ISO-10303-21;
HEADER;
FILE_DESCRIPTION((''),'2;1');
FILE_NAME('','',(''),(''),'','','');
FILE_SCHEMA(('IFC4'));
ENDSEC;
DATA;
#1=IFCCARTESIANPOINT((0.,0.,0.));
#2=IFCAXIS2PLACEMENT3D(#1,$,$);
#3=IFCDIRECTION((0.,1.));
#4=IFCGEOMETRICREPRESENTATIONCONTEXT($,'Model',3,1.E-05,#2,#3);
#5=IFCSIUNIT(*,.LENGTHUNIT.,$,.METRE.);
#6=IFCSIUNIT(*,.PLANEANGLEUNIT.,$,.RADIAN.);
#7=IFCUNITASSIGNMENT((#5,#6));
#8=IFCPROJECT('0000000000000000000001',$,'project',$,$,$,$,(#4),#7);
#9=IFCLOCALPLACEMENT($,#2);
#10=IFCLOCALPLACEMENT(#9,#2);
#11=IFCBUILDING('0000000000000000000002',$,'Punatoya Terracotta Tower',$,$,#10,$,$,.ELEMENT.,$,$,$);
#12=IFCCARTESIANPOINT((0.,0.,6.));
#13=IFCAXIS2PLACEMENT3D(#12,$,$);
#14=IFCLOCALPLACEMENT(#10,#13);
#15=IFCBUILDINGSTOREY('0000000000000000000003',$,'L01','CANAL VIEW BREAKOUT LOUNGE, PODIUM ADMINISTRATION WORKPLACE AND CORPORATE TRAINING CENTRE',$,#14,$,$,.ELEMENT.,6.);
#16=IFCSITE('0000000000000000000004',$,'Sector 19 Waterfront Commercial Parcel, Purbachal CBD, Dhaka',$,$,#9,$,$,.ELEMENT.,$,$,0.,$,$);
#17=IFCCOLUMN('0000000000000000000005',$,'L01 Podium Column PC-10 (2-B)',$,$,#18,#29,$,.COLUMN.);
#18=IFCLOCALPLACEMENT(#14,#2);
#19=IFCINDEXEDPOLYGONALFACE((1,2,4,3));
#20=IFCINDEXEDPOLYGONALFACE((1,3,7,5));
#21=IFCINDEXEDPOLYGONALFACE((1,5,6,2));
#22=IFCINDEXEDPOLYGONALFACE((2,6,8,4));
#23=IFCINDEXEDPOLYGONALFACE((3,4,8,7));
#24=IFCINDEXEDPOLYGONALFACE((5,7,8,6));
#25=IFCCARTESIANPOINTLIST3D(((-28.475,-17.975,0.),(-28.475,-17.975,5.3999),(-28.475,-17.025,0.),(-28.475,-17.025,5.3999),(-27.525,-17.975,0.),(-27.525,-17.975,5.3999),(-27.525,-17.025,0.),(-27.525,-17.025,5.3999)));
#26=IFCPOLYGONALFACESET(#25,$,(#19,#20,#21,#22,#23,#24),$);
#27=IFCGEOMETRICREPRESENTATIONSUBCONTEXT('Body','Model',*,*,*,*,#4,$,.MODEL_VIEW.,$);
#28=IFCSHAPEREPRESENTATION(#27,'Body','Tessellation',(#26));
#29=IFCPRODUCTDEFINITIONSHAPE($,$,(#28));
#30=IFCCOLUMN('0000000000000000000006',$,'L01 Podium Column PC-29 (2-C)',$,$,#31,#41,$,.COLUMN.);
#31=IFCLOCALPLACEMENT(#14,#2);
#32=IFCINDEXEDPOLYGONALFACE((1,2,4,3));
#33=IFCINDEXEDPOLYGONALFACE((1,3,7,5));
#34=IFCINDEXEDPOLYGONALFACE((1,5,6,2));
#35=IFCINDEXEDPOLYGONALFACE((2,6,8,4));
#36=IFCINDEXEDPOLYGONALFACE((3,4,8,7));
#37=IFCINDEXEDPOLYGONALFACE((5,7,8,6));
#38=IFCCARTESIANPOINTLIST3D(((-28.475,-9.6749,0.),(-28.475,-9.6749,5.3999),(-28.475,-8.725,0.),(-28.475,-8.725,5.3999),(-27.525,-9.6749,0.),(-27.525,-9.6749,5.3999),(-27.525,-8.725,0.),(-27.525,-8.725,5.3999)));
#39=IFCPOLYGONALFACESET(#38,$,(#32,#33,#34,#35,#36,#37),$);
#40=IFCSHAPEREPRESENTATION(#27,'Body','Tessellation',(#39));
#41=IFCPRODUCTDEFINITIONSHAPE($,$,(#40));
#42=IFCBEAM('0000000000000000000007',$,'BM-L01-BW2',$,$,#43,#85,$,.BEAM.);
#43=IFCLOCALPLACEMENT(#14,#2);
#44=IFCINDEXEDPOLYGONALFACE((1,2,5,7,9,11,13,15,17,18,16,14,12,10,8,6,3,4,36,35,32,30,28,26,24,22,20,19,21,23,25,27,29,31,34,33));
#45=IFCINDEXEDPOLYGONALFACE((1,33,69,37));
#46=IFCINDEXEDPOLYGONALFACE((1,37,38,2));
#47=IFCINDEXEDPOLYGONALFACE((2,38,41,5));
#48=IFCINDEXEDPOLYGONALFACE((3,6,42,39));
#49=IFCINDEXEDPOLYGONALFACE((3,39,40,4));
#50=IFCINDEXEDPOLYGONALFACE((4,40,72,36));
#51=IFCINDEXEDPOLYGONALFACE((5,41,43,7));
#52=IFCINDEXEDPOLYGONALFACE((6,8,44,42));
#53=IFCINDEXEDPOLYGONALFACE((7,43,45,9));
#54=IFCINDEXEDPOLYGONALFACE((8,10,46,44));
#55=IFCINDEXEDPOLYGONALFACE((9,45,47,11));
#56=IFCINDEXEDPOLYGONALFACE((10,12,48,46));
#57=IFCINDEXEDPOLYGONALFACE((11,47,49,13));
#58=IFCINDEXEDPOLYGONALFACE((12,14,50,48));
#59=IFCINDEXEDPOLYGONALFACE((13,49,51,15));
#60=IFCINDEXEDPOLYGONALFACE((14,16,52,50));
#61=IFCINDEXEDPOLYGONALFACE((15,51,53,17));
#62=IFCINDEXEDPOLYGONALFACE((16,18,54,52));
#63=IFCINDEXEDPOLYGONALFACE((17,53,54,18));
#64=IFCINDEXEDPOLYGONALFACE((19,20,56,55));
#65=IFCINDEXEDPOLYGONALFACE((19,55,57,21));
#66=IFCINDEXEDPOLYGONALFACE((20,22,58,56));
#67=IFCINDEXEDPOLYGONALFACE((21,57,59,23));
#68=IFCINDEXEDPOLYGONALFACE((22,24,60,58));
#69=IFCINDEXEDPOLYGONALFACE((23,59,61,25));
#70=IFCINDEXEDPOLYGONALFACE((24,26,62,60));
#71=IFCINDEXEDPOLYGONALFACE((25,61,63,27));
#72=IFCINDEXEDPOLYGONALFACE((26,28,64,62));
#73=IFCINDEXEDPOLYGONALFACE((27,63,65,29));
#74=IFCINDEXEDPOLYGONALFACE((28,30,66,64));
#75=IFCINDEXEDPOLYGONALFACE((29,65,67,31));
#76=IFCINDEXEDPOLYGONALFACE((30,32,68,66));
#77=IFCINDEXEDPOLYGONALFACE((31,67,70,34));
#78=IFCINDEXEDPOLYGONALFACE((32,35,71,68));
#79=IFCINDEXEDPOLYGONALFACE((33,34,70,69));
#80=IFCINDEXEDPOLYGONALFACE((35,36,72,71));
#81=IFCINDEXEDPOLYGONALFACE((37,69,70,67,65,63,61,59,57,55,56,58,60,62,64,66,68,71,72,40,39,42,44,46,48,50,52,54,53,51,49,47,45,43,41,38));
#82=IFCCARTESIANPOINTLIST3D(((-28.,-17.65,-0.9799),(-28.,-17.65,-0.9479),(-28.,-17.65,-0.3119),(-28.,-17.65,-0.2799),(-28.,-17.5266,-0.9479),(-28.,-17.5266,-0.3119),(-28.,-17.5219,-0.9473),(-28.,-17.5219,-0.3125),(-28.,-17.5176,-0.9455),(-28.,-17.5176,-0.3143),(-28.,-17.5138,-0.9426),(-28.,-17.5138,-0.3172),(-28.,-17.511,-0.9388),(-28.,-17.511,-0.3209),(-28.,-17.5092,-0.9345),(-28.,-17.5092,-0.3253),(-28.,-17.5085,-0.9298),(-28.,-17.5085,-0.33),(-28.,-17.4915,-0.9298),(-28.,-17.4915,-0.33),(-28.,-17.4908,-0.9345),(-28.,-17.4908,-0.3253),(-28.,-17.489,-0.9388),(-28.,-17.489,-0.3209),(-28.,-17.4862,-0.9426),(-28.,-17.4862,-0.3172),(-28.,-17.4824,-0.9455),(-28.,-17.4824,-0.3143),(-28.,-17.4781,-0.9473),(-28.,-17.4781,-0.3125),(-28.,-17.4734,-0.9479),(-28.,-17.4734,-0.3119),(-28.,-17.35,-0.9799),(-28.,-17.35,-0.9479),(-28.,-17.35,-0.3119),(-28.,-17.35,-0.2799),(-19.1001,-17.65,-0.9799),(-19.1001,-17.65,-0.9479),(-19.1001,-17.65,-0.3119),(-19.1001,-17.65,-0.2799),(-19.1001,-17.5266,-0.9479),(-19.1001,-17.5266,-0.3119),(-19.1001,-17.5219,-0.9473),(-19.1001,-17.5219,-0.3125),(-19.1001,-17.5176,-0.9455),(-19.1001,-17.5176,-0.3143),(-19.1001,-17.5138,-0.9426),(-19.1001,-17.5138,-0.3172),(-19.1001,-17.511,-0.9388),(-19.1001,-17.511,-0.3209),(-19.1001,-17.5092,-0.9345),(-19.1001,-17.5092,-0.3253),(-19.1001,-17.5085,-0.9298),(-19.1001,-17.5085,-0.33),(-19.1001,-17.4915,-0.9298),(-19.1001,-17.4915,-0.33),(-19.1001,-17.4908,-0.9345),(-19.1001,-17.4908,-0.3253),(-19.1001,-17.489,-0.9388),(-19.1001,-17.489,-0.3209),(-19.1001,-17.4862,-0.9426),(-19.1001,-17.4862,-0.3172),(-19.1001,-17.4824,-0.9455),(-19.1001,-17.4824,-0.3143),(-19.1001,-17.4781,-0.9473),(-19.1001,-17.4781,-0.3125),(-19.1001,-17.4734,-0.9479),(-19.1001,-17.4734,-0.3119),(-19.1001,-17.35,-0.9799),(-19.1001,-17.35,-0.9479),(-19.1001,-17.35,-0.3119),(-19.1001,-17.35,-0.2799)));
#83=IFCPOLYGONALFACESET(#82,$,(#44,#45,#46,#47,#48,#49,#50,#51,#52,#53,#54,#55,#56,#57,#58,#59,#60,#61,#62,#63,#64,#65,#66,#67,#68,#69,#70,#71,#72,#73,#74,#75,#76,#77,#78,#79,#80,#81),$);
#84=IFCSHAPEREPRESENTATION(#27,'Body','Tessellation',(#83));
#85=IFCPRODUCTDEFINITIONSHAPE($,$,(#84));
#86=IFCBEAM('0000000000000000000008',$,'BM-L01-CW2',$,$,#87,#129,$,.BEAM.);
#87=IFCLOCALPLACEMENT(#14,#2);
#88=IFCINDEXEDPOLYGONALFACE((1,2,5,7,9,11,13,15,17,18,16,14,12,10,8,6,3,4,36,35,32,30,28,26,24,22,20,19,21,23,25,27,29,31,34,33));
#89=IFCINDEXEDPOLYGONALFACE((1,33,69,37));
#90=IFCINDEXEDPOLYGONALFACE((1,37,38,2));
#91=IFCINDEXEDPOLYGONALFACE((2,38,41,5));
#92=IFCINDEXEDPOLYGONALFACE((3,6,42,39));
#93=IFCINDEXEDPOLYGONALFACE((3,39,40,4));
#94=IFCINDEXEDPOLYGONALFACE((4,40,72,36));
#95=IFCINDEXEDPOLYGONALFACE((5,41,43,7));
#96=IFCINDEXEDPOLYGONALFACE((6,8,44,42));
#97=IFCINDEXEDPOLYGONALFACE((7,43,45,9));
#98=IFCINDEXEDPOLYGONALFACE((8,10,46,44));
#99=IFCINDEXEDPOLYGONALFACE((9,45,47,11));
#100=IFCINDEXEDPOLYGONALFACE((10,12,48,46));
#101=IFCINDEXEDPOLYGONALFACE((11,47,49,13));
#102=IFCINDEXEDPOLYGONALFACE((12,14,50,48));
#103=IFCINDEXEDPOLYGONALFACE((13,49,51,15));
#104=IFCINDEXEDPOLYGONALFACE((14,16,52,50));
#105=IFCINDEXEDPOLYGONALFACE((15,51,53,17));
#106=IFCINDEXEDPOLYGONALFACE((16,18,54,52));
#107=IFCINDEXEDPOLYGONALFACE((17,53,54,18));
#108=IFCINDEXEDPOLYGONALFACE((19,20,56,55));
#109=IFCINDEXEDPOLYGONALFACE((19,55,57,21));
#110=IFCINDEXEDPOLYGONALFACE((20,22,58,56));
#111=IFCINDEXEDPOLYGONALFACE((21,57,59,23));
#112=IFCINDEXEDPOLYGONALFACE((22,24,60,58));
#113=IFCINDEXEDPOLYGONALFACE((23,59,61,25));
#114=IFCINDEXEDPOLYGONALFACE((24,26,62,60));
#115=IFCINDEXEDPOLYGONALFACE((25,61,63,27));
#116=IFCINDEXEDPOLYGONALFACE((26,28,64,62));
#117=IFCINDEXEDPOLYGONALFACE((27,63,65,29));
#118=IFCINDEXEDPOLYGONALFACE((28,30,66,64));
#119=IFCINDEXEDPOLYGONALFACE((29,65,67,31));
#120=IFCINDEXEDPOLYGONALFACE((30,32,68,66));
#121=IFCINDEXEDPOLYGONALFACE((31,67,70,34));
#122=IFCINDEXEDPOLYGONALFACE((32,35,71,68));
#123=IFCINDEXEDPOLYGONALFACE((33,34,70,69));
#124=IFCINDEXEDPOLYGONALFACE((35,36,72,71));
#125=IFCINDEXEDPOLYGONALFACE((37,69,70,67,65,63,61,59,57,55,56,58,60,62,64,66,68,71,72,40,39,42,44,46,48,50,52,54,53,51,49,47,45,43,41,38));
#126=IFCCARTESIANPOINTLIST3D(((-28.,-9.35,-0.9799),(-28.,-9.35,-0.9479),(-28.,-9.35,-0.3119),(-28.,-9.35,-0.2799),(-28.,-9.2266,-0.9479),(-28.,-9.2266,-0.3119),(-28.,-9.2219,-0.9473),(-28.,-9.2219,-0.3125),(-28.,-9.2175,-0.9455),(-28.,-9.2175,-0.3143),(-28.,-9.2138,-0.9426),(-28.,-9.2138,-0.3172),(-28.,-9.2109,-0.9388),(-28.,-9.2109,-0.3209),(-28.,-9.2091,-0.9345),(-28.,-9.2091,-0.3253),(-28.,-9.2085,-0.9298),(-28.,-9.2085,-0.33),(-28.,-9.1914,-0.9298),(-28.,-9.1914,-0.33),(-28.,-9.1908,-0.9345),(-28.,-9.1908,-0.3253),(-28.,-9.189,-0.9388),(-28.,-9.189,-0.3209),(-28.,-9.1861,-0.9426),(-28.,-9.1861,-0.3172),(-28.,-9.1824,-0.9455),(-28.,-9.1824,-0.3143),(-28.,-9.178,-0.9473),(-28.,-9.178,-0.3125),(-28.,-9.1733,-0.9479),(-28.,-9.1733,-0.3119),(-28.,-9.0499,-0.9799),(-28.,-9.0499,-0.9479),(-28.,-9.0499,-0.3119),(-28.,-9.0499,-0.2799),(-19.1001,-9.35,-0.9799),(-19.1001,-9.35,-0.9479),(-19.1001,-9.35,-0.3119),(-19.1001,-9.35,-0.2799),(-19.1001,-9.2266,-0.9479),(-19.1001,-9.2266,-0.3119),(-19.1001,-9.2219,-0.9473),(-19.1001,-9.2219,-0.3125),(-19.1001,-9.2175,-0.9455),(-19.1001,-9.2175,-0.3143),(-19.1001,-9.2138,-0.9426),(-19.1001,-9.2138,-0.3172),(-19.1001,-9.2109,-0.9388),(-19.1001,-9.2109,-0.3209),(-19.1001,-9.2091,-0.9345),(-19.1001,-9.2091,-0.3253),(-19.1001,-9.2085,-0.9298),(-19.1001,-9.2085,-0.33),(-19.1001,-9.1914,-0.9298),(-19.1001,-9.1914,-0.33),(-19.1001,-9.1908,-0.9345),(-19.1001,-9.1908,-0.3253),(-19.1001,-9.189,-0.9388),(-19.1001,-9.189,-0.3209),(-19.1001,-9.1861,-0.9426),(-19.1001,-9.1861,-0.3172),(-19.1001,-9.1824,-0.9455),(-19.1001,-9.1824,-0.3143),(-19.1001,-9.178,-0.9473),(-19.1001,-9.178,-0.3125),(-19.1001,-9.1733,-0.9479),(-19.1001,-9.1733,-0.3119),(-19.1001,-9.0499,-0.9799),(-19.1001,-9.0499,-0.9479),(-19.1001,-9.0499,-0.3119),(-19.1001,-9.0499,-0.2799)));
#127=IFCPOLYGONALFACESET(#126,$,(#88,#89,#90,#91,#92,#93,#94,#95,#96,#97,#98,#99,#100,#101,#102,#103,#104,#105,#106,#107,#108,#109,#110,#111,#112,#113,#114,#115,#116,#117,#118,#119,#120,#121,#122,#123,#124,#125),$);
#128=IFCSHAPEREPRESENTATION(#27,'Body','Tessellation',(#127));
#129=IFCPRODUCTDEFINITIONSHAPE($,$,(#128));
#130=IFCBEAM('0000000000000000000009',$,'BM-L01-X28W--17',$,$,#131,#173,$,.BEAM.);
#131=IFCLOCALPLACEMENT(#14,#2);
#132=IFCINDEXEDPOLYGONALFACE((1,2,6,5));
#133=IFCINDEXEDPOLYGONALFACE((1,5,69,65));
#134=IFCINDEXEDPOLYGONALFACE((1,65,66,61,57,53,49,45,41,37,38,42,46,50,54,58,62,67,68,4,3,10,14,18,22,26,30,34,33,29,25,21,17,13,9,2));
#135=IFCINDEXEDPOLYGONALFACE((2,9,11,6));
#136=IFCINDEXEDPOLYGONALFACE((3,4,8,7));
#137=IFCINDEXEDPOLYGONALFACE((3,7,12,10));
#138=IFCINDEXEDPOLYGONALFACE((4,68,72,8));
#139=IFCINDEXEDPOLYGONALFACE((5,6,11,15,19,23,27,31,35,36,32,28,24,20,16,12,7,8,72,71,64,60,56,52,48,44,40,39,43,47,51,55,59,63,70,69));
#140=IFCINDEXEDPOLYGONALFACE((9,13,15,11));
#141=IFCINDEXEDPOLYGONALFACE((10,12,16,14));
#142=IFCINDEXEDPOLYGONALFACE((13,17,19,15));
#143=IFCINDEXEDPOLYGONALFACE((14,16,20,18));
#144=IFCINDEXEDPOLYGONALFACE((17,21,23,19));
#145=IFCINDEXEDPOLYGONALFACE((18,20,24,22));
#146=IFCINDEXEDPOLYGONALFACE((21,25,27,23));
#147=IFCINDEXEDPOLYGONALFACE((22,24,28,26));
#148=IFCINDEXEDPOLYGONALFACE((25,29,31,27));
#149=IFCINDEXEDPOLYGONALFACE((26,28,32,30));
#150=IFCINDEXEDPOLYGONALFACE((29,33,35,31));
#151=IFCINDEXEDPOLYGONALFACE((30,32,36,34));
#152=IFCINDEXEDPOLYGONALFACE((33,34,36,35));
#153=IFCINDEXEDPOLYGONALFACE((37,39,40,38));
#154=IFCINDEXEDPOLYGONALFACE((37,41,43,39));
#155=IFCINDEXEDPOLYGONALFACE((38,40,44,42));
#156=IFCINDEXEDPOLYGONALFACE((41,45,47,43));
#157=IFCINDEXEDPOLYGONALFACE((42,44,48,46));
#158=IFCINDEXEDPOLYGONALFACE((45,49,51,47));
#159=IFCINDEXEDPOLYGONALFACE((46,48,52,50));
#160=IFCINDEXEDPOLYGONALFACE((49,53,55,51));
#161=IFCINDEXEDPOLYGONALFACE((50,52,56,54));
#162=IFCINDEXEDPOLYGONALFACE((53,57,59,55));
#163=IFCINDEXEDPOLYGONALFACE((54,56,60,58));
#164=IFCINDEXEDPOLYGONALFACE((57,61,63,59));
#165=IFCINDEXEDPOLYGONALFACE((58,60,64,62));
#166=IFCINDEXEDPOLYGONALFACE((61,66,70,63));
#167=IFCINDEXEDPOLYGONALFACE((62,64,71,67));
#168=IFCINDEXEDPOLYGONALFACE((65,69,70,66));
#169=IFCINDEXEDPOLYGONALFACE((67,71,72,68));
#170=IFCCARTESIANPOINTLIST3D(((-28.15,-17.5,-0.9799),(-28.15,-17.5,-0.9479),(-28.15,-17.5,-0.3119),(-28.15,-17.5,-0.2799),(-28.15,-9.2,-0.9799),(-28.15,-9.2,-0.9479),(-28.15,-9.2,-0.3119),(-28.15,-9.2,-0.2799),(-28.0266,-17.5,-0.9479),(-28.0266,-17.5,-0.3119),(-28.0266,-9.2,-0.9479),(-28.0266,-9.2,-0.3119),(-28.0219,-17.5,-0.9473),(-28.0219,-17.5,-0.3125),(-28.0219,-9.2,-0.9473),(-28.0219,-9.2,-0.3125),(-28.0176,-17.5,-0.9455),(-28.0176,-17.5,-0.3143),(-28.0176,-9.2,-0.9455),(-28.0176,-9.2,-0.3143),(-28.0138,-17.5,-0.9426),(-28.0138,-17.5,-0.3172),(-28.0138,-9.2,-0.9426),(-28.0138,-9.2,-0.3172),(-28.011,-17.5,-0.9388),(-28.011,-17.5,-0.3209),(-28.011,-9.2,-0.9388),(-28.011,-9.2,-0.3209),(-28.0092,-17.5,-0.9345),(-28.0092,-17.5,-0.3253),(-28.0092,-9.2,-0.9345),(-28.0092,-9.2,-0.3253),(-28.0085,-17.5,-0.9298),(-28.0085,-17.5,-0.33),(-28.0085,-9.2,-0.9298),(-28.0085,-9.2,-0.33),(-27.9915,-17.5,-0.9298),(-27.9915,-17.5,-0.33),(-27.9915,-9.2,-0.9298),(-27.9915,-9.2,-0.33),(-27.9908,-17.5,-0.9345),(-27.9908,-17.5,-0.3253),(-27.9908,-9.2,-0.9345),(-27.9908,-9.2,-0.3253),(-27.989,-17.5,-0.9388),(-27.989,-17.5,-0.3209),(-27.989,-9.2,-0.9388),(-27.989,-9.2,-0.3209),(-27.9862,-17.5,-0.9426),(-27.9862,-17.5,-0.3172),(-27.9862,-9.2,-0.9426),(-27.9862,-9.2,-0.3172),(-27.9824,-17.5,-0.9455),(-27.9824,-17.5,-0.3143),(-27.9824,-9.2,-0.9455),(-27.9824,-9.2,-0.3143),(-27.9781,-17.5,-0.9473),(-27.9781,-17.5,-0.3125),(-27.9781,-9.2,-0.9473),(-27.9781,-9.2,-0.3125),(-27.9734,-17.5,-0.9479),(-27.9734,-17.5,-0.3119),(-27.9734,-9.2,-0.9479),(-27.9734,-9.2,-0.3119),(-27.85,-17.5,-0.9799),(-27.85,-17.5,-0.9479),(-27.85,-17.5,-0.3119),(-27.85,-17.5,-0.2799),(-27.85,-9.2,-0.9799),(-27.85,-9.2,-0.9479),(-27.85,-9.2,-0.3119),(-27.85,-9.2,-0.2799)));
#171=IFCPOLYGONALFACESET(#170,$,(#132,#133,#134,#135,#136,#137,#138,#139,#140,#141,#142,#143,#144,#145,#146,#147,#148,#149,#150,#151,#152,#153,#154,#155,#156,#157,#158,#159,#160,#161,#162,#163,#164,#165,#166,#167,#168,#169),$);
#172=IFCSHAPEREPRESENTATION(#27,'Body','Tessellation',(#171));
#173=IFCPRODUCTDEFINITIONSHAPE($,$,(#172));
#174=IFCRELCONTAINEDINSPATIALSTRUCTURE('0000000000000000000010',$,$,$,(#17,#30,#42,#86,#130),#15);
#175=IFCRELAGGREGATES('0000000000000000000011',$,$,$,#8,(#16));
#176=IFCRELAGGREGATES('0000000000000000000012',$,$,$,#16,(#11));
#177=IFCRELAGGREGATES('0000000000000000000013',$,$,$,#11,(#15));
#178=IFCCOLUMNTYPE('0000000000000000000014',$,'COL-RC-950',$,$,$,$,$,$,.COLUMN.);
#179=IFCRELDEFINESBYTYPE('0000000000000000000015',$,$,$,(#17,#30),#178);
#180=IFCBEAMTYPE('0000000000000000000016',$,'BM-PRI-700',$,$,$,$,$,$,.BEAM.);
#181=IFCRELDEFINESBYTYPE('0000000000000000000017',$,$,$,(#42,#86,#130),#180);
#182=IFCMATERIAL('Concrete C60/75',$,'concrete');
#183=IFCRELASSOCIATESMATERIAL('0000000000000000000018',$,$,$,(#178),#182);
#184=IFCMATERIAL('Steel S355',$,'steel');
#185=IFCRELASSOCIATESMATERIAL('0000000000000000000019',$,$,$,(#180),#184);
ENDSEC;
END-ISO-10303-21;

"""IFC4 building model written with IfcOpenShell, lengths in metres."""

from ifc_helpers import new_model, si_unit, direction, frame, origin, origin_2d, place, context, subcontext, project, spatial, rectangle, i_section, extrude, material, material_profile, profile_set, type_object, element, save


model = new_model("IFC4")

# Units and contexts
model_context = context("Model", 3, precision=1e-05, world=origin(), true_north=direction((0.0, 1.0)))
body_context = subcontext(model_context, "Body", "Model", "MODEL_VIEW")
ifc_project = project(units=[si_unit("LENGTHUNIT", "METRE"), si_unit("PLANEANGLEUNIT", "RADIAN")], contexts=[model_context])

# Site, building, storey
site_placement = place(None, origin())
site = spatial("IfcSite", under=ifc_project, at=site_placement, Name="Sector 19 Waterfront Commercial Parcel, Purbachal CBD, Dhaka", CompositionType="ELEMENT", RefElevation=0.0)
building_placement = place(site_placement, origin())
building = spatial("IfcBuilding", under=site, at=building_placement, Name="Punatoya Terracotta Tower", CompositionType="ELEMENT")
storey_placement = place(building_placement, frame((0.0, 0.0, 6.0)))
storey = spatial("IfcBuildingStorey", under=building, at=storey_placement, Name="L01", Description="CANAL VIEW BREAKOUT LOUNGE, PODIUM ADMINISTRATION WORKPLACE AND CORPORATE TRAINING CENTRE", CompositionType="ELEMENT", Elevation=6.0)

# Columns
ifc_material_1 = material(Name="Concrete C60/75", Category="concrete")
ifc_material_profile_1 = material_profile(ifc_material_1, rectangle(XDim=0.95, YDim=0.95, at=origin_2d()))
ifc_profile_set_1 = profile_set([ifc_material_profile_1], Name="Concrete C60/75")
column_type = type_object("IfcColumnType", Name="COL-RC-950", PredefinedType="COLUMN", material=ifc_profile_set_1)
for number, where, z_axis, x_axis, name in (
    (1, (-28.0, -17.5, 0.0), (0.0, 0.0, 1.0), (1.0, 0.0, 0.0), "L01 Podium Column PC-10 (2-B)"),
    (2, (-28.0, -9.2, 0.0), (0.0, 0.0, 1.0), (1.0, 0.0, 0.0), "L01 Podium Column PC-29 (2-C)"),
):
    element("IfcColumn", number, at=place(storey_placement, frame(where, z_axis=z_axis, x_axis=x_axis)), inside=storey, type_object=column_type, Name=name, PredefinedType="COLUMN", context=body_context, shape_type="SweptSolid", body=[
        extrude(rectangle(XDim=0.95, YDim=0.95, at=origin_2d()), origin(), (0.0, 0.0, 1.0), 5.3999),
    ])

# Beams
ifc_material_2 = material(Name="Steel S355", Category="steel")
ifc_material_profile_2 = material_profile(ifc_material_2, i_section(OverallWidth=0.3, OverallDepth=0.7, WebThickness=0.0171, FlangeThickness=0.032, FilletRadius=0.0181, at=origin_2d()))
ifc_profile_set_2 = profile_set([ifc_material_profile_2], Name="Steel S355")
beam_type_1 = type_object("IfcBeamType", Name="BM-PRI-700", PredefinedType="BEAM", material=ifc_profile_set_2)
for number, where, z_axis, x_axis, name in (
    (3, (-28.0, -17.5, -0.6299), (1.0, 0.0, 0.0), (0.0, 1.0, 0.0), "BM-L01-BW2"),
    (4, (-28.0, -9.2, -0.6299), (1.0, 0.0, 0.0), (0.0, 1.0, 0.0), "BM-L01-CW2"),
):
    element("IfcBeam", number, at=place(storey_placement, frame(where, z_axis=z_axis, x_axis=x_axis)), inside=storey, type_object=beam_type_1, Name=name, PredefinedType="BEAM", context=body_context, shape_type="SweptSolid", body=[
        extrude(i_section(OverallWidth=0.3, OverallDepth=0.7, WebThickness=0.0171, FlangeThickness=0.032, FilletRadius=0.0181, at=origin_2d()), origin(), (0.0, 0.0, 1.0), 8.8999),
    ])
beam_1_placement = place(storey_placement, frame((-28.0, -17.5, -0.6299), z_axis=(0.0, 1.0, 0.0), x_axis=(-1.0, 0.0, 0.0)))
element("IfcBeam", 5, at=beam_1_placement, inside=storey, type_object=beam_type_1, Name="BM-L01-X28W--17", PredefinedType="BEAM", context=body_context, shape_type="SweptSolid", body=[
    extrude(i_section(OverallWidth=0.3, OverallDepth=0.7, WebThickness=0.0171, FlangeThickness=0.032, FilletRadius=0.0181, at=origin_2d()), origin(), (0.0, 0.0, 1.0), 8.3),
])

save(model, "model.ifc")
